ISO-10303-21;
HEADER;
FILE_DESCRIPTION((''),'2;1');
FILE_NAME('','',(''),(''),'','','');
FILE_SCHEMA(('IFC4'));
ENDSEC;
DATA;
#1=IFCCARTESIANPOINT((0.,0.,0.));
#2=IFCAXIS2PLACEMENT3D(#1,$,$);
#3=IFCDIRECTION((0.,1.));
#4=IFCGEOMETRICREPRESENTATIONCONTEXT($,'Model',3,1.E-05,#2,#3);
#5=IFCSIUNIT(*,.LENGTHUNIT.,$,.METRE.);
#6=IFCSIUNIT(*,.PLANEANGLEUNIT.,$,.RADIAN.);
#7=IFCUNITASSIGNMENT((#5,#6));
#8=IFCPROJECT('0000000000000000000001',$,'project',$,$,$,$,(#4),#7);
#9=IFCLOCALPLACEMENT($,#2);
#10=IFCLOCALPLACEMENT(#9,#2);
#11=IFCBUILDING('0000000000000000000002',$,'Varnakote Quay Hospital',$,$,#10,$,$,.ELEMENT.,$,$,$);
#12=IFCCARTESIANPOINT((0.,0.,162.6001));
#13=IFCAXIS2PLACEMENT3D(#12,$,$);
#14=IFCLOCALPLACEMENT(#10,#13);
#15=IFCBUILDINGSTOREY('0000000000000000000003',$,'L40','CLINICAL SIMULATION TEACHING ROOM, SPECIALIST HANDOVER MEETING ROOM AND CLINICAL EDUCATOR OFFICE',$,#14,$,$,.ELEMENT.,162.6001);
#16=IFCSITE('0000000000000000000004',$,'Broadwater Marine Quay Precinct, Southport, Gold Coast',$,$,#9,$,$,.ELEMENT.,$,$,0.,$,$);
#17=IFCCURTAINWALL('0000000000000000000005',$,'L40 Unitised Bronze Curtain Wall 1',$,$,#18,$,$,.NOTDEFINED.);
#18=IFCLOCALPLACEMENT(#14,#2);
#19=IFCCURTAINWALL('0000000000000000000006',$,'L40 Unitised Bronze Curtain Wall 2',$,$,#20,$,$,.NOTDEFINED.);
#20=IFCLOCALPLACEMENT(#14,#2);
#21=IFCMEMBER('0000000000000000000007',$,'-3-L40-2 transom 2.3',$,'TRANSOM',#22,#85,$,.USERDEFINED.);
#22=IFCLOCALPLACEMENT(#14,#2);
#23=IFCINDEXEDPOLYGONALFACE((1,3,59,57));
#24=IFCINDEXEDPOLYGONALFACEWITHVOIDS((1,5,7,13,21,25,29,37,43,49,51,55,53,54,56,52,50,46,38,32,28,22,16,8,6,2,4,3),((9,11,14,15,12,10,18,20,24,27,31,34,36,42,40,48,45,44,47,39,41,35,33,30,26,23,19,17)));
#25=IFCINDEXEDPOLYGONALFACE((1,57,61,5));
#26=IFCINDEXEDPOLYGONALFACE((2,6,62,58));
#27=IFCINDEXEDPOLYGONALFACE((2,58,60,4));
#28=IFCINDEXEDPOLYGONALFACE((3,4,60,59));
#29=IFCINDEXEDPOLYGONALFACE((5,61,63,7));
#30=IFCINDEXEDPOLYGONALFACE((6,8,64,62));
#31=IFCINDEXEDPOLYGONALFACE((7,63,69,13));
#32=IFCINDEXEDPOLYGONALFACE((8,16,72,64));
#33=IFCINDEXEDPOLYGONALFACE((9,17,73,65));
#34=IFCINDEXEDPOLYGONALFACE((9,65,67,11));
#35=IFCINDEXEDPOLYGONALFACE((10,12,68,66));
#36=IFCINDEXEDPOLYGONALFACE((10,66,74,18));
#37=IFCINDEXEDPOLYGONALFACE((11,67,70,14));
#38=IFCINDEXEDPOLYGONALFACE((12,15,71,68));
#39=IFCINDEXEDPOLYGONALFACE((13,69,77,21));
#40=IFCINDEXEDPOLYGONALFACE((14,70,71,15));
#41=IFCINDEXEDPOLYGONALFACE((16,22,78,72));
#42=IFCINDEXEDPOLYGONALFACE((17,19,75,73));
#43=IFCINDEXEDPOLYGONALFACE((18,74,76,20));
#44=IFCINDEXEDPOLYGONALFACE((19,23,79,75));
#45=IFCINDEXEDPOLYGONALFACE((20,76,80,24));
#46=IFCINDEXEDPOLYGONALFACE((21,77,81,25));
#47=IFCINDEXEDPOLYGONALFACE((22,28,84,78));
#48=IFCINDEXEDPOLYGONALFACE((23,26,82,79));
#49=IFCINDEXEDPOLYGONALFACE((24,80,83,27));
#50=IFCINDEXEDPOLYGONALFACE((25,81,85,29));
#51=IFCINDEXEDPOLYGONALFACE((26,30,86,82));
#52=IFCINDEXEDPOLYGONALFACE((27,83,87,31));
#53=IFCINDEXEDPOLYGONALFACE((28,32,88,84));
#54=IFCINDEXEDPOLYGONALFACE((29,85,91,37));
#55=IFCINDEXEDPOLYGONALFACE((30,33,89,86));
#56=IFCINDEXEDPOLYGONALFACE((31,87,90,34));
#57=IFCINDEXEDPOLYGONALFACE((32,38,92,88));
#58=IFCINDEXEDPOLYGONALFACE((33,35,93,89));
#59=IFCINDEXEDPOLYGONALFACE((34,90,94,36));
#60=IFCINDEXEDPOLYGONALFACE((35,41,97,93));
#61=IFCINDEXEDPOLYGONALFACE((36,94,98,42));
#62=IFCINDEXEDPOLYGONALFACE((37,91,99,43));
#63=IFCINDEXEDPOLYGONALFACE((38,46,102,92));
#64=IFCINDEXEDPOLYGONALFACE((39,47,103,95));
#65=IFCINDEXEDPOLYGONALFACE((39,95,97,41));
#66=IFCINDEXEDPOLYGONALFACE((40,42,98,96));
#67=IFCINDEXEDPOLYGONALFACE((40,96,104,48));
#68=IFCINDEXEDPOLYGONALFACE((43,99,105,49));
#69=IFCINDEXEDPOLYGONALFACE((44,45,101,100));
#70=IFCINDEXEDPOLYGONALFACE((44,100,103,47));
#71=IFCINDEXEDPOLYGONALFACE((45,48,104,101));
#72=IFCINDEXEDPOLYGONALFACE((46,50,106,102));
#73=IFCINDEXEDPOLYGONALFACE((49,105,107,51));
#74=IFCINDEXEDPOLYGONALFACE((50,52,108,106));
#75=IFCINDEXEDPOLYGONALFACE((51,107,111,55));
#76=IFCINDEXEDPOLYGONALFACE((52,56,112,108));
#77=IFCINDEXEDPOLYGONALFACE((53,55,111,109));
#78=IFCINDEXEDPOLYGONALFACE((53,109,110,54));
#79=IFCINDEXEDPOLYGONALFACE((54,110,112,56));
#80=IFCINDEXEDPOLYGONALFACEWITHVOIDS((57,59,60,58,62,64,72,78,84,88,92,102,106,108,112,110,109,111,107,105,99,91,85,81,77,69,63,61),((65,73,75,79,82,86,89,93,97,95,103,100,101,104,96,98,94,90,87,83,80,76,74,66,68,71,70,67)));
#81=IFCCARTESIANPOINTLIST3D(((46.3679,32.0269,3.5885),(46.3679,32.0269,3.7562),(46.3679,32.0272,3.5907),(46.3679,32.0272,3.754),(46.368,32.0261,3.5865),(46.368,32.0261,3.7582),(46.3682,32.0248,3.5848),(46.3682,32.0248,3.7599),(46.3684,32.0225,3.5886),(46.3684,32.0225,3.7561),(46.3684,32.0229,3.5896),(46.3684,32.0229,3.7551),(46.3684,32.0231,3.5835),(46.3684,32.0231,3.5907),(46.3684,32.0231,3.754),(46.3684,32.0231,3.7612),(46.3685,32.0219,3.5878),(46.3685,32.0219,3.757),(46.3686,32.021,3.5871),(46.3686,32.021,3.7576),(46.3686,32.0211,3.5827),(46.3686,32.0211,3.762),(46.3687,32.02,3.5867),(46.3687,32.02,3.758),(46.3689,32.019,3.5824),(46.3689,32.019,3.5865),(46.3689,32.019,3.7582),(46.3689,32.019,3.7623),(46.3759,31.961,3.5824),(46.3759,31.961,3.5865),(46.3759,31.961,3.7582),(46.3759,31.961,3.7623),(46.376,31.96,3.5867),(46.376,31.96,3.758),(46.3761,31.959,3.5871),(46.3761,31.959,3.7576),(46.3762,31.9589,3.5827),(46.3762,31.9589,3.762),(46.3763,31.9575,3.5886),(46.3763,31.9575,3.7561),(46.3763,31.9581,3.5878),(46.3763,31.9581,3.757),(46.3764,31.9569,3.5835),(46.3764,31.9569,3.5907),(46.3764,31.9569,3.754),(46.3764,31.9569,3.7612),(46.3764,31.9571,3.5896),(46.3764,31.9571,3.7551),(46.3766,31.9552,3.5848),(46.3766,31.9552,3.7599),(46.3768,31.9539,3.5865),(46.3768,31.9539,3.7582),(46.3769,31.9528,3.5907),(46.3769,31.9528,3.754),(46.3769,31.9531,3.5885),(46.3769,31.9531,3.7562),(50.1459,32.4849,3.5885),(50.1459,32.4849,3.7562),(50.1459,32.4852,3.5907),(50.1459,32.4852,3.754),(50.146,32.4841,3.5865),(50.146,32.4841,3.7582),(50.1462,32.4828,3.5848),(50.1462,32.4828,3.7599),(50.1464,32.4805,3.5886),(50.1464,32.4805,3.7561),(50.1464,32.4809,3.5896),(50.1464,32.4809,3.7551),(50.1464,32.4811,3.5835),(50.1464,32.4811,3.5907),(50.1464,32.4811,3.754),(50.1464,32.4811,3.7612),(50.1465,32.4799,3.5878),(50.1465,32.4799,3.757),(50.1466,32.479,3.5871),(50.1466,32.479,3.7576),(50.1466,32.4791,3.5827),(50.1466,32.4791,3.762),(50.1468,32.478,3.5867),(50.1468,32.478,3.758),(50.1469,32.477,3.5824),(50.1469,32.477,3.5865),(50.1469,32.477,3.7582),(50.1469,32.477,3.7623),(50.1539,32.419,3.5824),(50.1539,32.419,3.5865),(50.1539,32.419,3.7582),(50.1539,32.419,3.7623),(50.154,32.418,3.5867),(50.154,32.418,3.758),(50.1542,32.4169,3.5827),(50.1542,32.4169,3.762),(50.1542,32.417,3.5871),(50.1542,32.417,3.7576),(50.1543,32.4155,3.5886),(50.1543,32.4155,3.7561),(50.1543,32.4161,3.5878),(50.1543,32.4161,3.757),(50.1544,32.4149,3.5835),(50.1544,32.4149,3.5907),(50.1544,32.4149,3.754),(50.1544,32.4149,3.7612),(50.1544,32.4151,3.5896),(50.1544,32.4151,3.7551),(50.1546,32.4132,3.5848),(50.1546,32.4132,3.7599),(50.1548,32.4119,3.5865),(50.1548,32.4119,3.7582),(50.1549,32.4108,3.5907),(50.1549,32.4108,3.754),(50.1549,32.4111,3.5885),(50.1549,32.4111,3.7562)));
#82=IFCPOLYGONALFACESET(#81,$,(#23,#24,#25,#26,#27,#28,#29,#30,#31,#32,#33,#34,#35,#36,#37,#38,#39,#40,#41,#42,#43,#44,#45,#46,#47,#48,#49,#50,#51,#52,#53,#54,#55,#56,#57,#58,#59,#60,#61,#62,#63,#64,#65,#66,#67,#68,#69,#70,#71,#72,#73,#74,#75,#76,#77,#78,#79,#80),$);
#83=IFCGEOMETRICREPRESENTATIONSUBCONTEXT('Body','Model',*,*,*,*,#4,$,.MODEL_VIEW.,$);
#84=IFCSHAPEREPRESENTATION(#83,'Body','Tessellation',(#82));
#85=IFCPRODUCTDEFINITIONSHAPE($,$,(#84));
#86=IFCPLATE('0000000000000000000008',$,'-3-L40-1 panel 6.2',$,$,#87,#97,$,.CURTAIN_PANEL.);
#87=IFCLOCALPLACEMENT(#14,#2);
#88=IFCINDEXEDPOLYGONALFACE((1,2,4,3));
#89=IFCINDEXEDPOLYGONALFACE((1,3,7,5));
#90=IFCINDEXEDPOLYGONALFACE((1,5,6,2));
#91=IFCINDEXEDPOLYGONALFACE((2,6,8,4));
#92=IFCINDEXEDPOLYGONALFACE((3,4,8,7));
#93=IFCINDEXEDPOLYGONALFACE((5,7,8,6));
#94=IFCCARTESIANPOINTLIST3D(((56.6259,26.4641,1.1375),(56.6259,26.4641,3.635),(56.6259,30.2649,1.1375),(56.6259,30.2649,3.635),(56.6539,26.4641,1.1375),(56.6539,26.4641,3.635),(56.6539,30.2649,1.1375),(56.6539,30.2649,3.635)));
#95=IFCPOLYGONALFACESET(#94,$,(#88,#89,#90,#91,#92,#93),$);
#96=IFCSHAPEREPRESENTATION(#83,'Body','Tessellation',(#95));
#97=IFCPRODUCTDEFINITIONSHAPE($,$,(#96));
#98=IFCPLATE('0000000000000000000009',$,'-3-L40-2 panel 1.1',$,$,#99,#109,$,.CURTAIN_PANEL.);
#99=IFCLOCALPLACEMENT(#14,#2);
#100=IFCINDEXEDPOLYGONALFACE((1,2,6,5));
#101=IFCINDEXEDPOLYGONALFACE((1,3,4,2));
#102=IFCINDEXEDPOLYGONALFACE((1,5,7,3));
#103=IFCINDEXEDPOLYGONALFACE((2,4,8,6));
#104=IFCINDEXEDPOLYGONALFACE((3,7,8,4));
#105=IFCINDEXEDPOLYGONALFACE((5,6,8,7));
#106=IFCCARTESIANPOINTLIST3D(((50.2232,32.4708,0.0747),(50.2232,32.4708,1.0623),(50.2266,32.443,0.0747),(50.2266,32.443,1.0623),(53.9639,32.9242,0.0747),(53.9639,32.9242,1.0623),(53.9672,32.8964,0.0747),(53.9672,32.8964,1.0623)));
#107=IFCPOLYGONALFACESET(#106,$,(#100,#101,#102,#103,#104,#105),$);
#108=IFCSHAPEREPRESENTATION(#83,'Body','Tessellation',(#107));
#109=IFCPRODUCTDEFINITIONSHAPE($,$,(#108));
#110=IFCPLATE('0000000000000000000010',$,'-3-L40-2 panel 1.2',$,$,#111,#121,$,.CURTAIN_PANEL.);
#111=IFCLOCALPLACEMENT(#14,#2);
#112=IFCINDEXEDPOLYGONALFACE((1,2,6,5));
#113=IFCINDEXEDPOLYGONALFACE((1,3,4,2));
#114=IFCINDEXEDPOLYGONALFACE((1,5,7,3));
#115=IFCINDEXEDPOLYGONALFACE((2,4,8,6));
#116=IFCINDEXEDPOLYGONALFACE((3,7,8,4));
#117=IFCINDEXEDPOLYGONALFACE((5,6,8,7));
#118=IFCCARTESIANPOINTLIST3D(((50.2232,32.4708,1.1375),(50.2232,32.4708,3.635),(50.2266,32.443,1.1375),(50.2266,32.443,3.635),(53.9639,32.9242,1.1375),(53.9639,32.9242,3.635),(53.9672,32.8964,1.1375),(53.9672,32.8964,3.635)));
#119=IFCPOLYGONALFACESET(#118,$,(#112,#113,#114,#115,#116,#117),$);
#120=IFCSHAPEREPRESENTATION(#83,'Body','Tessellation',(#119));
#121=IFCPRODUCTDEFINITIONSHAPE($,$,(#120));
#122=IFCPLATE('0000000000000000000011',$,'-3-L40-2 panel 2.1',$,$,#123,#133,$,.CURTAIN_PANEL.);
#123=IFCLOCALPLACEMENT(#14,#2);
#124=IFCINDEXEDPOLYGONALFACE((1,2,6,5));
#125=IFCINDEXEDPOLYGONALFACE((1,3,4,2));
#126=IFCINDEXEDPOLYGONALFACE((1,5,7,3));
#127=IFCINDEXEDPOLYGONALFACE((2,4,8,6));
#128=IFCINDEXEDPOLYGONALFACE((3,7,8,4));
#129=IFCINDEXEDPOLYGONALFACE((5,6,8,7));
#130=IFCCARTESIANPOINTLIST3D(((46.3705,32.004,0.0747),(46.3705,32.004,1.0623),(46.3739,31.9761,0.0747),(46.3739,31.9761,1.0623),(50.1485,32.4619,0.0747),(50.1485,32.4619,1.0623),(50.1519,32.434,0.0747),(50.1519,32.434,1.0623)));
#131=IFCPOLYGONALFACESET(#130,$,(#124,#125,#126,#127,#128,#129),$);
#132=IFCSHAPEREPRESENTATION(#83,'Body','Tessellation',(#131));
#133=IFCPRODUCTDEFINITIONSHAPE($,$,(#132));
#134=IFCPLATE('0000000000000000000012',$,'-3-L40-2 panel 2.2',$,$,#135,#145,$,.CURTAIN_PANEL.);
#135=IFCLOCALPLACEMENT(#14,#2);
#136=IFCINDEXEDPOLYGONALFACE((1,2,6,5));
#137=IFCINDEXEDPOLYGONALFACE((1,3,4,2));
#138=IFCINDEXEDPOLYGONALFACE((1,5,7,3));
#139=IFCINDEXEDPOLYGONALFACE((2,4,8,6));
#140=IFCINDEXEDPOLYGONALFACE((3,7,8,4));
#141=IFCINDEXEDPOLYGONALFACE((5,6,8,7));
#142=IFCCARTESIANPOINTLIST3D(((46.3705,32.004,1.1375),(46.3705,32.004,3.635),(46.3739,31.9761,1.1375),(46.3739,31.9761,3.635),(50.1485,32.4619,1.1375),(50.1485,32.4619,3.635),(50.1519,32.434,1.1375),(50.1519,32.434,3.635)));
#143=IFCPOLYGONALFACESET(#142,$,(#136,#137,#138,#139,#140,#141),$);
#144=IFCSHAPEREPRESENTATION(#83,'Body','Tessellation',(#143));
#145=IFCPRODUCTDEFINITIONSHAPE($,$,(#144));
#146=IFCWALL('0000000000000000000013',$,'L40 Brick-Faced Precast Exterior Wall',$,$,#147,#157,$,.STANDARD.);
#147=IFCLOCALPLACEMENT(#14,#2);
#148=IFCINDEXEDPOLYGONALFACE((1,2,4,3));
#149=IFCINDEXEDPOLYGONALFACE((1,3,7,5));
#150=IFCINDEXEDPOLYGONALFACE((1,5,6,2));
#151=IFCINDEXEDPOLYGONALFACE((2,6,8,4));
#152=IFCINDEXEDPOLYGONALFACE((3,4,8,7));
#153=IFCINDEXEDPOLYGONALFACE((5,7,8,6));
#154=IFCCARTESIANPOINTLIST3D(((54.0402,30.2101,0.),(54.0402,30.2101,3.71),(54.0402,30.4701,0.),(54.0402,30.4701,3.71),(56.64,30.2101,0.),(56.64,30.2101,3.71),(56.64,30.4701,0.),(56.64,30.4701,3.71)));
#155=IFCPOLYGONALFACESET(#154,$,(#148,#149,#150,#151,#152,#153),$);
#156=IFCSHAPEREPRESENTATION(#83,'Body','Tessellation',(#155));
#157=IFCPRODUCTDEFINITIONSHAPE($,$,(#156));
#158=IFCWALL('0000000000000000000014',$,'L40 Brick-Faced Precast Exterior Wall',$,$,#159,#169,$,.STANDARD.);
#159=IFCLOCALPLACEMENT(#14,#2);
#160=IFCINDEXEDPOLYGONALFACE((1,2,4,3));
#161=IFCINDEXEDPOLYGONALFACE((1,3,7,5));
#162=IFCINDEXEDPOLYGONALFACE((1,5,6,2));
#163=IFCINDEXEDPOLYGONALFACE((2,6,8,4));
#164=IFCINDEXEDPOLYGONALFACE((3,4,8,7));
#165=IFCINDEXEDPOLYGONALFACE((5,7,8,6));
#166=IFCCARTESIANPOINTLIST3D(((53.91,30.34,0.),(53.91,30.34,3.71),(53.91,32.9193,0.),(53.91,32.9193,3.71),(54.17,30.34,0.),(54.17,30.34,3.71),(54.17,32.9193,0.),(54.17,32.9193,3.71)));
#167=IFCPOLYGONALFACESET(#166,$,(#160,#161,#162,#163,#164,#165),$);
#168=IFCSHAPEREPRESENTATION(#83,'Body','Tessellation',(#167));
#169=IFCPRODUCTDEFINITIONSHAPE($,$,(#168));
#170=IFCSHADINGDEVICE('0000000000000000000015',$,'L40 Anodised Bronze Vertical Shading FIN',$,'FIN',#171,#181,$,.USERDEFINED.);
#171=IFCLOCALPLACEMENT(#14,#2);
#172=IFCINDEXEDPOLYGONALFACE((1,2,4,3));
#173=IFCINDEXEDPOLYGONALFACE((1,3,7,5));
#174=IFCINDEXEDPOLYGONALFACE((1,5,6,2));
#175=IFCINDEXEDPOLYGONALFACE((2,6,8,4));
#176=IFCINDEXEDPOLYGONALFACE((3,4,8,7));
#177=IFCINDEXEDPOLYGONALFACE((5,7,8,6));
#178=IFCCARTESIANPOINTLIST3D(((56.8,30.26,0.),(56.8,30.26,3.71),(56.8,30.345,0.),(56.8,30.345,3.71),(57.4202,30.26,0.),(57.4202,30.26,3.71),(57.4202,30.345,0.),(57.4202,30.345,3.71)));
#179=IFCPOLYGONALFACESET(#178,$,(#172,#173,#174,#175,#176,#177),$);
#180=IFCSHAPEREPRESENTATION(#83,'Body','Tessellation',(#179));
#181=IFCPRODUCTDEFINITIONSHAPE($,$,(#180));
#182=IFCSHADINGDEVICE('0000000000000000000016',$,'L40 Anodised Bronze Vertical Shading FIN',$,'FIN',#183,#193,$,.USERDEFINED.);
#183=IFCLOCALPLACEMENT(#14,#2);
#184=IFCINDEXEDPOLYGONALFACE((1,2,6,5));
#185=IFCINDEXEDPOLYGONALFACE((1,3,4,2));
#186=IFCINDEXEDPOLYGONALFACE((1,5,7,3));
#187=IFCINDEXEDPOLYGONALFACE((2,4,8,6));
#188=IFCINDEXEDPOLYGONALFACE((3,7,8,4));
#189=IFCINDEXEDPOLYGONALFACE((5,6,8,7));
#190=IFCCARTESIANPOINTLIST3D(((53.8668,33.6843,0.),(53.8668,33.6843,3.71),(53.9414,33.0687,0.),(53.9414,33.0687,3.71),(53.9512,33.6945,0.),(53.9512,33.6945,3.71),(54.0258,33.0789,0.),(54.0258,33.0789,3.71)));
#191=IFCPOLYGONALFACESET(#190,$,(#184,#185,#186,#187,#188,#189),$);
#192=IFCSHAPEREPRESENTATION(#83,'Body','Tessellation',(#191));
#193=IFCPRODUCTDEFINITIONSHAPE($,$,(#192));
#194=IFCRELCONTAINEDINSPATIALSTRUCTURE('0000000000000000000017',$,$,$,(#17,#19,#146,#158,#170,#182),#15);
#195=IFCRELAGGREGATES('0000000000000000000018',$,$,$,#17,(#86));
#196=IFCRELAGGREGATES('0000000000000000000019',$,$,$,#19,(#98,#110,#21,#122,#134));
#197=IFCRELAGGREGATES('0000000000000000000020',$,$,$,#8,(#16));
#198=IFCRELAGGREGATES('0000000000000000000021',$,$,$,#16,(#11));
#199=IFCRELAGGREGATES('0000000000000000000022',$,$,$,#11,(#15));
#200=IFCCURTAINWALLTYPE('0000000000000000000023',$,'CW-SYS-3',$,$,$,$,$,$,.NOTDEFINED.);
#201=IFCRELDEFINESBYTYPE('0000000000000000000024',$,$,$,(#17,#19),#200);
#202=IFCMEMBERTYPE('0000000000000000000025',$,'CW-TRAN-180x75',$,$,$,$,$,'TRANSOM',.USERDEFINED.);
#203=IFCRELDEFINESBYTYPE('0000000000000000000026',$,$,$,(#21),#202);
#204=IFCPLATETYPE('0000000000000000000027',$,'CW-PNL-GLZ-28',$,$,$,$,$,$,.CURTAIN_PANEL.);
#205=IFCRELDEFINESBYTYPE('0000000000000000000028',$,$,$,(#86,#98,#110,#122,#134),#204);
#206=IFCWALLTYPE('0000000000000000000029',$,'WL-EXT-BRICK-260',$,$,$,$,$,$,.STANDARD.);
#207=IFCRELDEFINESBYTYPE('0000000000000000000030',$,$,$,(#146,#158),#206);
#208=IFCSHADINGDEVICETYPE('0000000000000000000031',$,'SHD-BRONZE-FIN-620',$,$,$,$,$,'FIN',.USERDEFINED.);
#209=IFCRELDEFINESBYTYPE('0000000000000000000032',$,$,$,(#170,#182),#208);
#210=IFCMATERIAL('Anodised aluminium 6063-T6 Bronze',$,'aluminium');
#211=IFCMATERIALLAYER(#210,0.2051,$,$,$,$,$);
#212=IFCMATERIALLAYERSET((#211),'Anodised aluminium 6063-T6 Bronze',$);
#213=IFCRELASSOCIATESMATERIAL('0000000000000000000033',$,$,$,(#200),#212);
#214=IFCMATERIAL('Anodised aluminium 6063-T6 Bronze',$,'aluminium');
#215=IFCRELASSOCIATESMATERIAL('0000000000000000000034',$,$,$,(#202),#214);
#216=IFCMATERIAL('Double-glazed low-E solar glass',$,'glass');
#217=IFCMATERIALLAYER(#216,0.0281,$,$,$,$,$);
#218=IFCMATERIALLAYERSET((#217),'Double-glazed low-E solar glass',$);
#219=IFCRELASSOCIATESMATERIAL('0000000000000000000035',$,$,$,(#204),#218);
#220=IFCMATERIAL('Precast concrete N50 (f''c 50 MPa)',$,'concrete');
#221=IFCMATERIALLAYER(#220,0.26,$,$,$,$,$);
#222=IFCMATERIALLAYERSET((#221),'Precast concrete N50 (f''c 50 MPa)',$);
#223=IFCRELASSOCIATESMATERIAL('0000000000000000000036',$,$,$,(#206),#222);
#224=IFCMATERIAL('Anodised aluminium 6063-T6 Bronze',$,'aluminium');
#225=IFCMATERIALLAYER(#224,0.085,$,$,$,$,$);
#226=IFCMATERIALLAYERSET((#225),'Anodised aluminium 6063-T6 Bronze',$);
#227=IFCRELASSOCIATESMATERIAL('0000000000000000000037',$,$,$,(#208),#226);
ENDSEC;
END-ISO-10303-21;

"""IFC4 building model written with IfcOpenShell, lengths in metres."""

from ifc_helpers import new_model, si_unit, direction, frame, frame_2d, origin, origin_2d, place, context, subcontext, project, spatial, rectangle, hollow_rectangle, extrude, material, layer, layer_set, material_profile, profile_set, type_object, element, aggregate, save


model = new_model("IFC4")

# Units and contexts
model_context = context("Model", 3, precision=1e-05, world=origin(), true_north=direction((0.0, 1.0)))
body_context = subcontext(model_context, "Body", "Model", "MODEL_VIEW")
ifc_project = project(units=[si_unit("LENGTHUNIT", "METRE"), si_unit("PLANEANGLEUNIT", "RADIAN")], contexts=[model_context])

# Site, building, storey
site_placement = place(None, origin())
site = spatial("IfcSite", under=ifc_project, at=site_placement, Name="Broadwater Marine Quay Precinct, Southport, Gold Coast", CompositionType="ELEMENT", RefElevation=0.0)
building_placement = place(site_placement, origin())
building = spatial("IfcBuilding", under=site, at=building_placement, Name="Varnakote Quay Hospital", CompositionType="ELEMENT")
storey_placement = place(building_placement, frame((0.0, 0.0, 162.6001)))
storey = spatial("IfcBuildingStorey", under=building, at=storey_placement, Name="L40", Description="CLINICAL SIMULATION TEACHING ROOM, SPECIALIST HANDOVER MEETING ROOM AND CLINICAL EDUCATOR OFFICE", CompositionType="ELEMENT", Elevation=162.6001)

# Curtain wall
ifc_material_1 = material(Name="Anodised aluminium 6063-T6 Bronze", Category="aluminium")
ifc_layer_1 = layer(ifc_material_1, 0.2051)
ifc_layer_set_1 = layer_set([ifc_layer_1], Name="Anodised aluminium 6063-T6 Bronze")
curtain_wall_type = type_object("IfcCurtainWallType", Name="CW-SYS-3", PredefinedType="NOTDEFINED", material=ifc_layer_set_1)
curtain_wall_1_placement = place(storey_placement, origin())
curtain_wall_1 = element("IfcCurtainWall", 1, at=curtain_wall_1_placement, inside=storey, type_object=curtain_wall_type, Name="L40 Unitised Bronze Curtain Wall 1", PredefinedType="NOTDEFINED")

# Curtain wall, member
curtain_wall_2_placement = place(storey_placement, origin())
curtain_wall_2 = element("IfcCurtainWall", 2, at=curtain_wall_2_placement, inside=storey, type_object=curtain_wall_type, Name="L40 Unitised Bronze Curtain Wall 2", PredefinedType="NOTDEFINED")
ifc_material_2 = material(Name="Anodised aluminium 6063-T6 Bronze", Category="aluminium")
ifc_material_profile_1 = material_profile(ifc_material_2, hollow_rectangle(XDim=0.075, YDim=0.1799, WallThickness=0.0042, InnerFilletRadius=0.0042, OuterFilletRadius=0.0083, at=origin_2d()), Name="CW-TRAN-180x75")
ifc_profile_set_1 = profile_set([ifc_material_profile_1], Name="Anodised aluminium 6063-T6 Bronze")
member_type_1 = type_object("IfcMemberType", Name="CW-TRAN-180x75", ElementType="TRANSOM", PredefinedType="USERDEFINED", material=ifc_profile_set_1)
member_1_placement = place(storey_placement, frame((50.1504, 32.448, 3.6724), z_axis=(-0.992732, -0.120347, 0.0), x_axis=(0.120347, -0.992732, 0.0)))
member_1 = element("IfcMember", 3, at=member_1_placement, type_object=member_type_1, Name="-3-L40-2 transom 2.3", ObjectType="TRANSOM", PredefinedType="USERDEFINED", context=body_context, shape_type="SweptSolid", body=[
    extrude(hollow_rectangle(XDim=0.075, YDim=0.1799, WallThickness=0.0042, InnerFilletRadius=0.0042, OuterFilletRadius=0.0083, at=origin_2d()), origin(), (0.0, 0.0, 1.0), 3.8057),
])

# Plates
ifc_material_3 = material(Name="Double-glazed low-E solar glass", Category="glass")
ifc_layer_2 = layer(ifc_material_3, 0.0281)
ifc_layer_set_2 = layer_set([ifc_layer_2], Name="Double-glazed low-E solar glass")
plate_type = type_object("IfcPlateType", Name="CW-PNL-GLZ-28", PredefinedType="CURTAIN_PANEL", material=ifc_layer_set_2)
plate_1_placement = place(storey_placement, frame((56.6399, 28.3645, 1.1375), z_axis=(0.0, 0.0, 1.0), x_axis=(0.0, 1.0, 0.0)))
plate_1 = element("IfcPlate", 4, at=plate_1_placement, type_object=plate_type, Name="-3-L40-1 panel 6.2", PredefinedType="CURTAIN_PANEL", context=body_context, shape_type="SweptSolid", body=[
    extrude(rectangle(XDim=3.8008, YDim=0.0281, at=origin_2d()), origin(), (0.0, 0.0, 1.0), 2.4976),
])
aggregate(curtain_wall_1, [plate_1])
plate_2_placement = place(storey_placement, frame((52.0952, 32.6836, 0.0747), z_axis=(0.0, 0.0, 1.0), x_axis=(-0.992734, -0.120327, 0.0)))
plate_2 = element("IfcPlate", 5, at=plate_2_placement, type_object=plate_type, Name="-3-L40-2 panel 1.1", PredefinedType="CURTAIN_PANEL", context=body_context, shape_type="SweptSolid", body=[
    extrude(rectangle(XDim=3.7681, YDim=0.0281, at=origin_2d()), origin(), (0.0, 0.0, 1.0), 0.9875),
])
plate_3_placement = place(storey_placement, frame((52.0952, 32.6836, 1.1375), z_axis=(0.0, 0.0, 1.0), x_axis=(-0.992734, -0.120327, 0.0)))
plate_3 = element("IfcPlate", 6, at=plate_3_placement, type_object=plate_type, Name="-3-L40-2 panel 1.2", PredefinedType="CURTAIN_PANEL", context=body_context, shape_type="SweptSolid", body=[
    extrude(rectangle(XDim=3.7681, YDim=0.0281, at=origin_2d()), origin(), (0.0, 0.0, 1.0), 2.4976),
])
plate_4_placement = place(storey_placement, frame((48.2612, 32.219, 0.0747), z_axis=(0.0, 0.0, 1.0), x_axis=(-0.992734, -0.120327, 0.0)))
plate_4 = element("IfcPlate", 7, at=plate_4_placement, type_object=plate_type, Name="-3-L40-2 panel 2.1", PredefinedType="CURTAIN_PANEL", context=body_context, shape_type="SweptSolid", body=[
    extrude(rectangle(XDim=3.8057, YDim=0.0281, at=origin_2d()), origin(), (0.0, 0.0, 1.0), 0.9875),
])
plate_5_placement = place(storey_placement, frame((48.2612, 32.219, 1.1375), z_axis=(0.0, 0.0, 1.0), x_axis=(-0.992734, -0.120327, 0.0)))
plate_5 = element("IfcPlate", 8, at=plate_5_placement, type_object=plate_type, Name="-3-L40-2 panel 2.2", PredefinedType="CURTAIN_PANEL", context=body_context, shape_type="SweptSolid", body=[
    extrude(rectangle(XDim=3.8057, YDim=0.0281, at=origin_2d()), origin(), (0.0, 0.0, 1.0), 2.4976),
])
aggregate(curtain_wall_2, [plate_2, plate_3, member_1, plate_4, plate_5])

# Walls
ifc_material_4 = material(Name="Precast concrete N50 (f'c 50 MPa)", Category="concrete")
ifc_layer_3 = layer(ifc_material_4, 0.26)
ifc_layer_set_3 = layer_set([ifc_layer_3], Name="Precast concrete N50 (f'c 50 MPa)")
wall_type = type_object("IfcWallType", Name="WL-EXT-BRICK-260", PredefinedType="STANDARD", material=ifc_layer_set_3)
wall_1_placement = place(storey_placement, frame((56.6399, 30.3401, 0.0), z_axis=(0.0, 0.0, 1.0), x_axis=(-1.0, 0.0, 0.0)))
element("IfcWall", 9, at=wall_1_placement, inside=storey, type_object=wall_type, Name="L40 Brick-Faced Precast Exterior Wall", PredefinedType="STANDARD", context=body_context, shape_type="SweptSolid", body=[
    extrude(rectangle(XDim=2.5999, YDim=0.26, at=frame_2d((1.2998, 0.0))), origin(), (0.0, 0.0, 1.0), 3.71),
])
wall_2_placement = place(storey_placement, frame((54.04, 30.3401, 0.0), z_axis=(0.0, 0.0, 1.0), x_axis=(0.0, 1.0, 0.0)))
element("IfcWall", 10, at=wall_2_placement, inside=storey, type_object=wall_type, Name="L40 Brick-Faced Precast Exterior Wall", PredefinedType="STANDARD", context=body_context, shape_type="SweptSolid", body=[
    extrude(rectangle(XDim=2.5793, YDim=0.26, at=frame_2d((1.2896, 0.0))), origin(), (0.0, 0.0, 1.0), 3.71),
])

# Shading devices
ifc_material_5 = material(Name="Anodised aluminium 6063-T6 Bronze", Category="aluminium")
ifc_layer_4 = layer(ifc_material_5, 0.085)
ifc_layer_set_4 = layer_set([ifc_layer_4], Name="Anodised aluminium 6063-T6 Bronze")
shading_device_type = type_object("IfcShadingDeviceType", Name="SHD-BRONZE-FIN-620", ElementType="FIN", PredefinedType="USERDEFINED", material=ifc_layer_set_4)
for number, where, z_axis, x_axis, name in (
    (11, (57.1101, 30.3025, 0.0), (0.0, 0.0, 1.0), (-1.0, 0.0, 0.0), "L40 Anodised Bronze Vertical Shading FIN"),
    (12, (53.9463, 33.3816, 0.0), (0.0, 0.0, 1.0), (0.12031, -0.992736, 0.0), "L40 Anodised Bronze Vertical Shading FIN"),
):
    element("IfcShadingDevice", number, at=place(storey_placement, frame(where, z_axis=z_axis, x_axis=x_axis)), inside=storey, type_object=shading_device_type, Name=name, ObjectType="FIN", PredefinedType="USERDEFINED", context=body_context, shape_type="SweptSolid", body=[
        extrude(rectangle(XDim=0.6201, YDim=0.085, at=origin_2d()), origin(), (0.0, 0.0, 1.0), 3.71),
    ])

save(model, "model.ifc")
